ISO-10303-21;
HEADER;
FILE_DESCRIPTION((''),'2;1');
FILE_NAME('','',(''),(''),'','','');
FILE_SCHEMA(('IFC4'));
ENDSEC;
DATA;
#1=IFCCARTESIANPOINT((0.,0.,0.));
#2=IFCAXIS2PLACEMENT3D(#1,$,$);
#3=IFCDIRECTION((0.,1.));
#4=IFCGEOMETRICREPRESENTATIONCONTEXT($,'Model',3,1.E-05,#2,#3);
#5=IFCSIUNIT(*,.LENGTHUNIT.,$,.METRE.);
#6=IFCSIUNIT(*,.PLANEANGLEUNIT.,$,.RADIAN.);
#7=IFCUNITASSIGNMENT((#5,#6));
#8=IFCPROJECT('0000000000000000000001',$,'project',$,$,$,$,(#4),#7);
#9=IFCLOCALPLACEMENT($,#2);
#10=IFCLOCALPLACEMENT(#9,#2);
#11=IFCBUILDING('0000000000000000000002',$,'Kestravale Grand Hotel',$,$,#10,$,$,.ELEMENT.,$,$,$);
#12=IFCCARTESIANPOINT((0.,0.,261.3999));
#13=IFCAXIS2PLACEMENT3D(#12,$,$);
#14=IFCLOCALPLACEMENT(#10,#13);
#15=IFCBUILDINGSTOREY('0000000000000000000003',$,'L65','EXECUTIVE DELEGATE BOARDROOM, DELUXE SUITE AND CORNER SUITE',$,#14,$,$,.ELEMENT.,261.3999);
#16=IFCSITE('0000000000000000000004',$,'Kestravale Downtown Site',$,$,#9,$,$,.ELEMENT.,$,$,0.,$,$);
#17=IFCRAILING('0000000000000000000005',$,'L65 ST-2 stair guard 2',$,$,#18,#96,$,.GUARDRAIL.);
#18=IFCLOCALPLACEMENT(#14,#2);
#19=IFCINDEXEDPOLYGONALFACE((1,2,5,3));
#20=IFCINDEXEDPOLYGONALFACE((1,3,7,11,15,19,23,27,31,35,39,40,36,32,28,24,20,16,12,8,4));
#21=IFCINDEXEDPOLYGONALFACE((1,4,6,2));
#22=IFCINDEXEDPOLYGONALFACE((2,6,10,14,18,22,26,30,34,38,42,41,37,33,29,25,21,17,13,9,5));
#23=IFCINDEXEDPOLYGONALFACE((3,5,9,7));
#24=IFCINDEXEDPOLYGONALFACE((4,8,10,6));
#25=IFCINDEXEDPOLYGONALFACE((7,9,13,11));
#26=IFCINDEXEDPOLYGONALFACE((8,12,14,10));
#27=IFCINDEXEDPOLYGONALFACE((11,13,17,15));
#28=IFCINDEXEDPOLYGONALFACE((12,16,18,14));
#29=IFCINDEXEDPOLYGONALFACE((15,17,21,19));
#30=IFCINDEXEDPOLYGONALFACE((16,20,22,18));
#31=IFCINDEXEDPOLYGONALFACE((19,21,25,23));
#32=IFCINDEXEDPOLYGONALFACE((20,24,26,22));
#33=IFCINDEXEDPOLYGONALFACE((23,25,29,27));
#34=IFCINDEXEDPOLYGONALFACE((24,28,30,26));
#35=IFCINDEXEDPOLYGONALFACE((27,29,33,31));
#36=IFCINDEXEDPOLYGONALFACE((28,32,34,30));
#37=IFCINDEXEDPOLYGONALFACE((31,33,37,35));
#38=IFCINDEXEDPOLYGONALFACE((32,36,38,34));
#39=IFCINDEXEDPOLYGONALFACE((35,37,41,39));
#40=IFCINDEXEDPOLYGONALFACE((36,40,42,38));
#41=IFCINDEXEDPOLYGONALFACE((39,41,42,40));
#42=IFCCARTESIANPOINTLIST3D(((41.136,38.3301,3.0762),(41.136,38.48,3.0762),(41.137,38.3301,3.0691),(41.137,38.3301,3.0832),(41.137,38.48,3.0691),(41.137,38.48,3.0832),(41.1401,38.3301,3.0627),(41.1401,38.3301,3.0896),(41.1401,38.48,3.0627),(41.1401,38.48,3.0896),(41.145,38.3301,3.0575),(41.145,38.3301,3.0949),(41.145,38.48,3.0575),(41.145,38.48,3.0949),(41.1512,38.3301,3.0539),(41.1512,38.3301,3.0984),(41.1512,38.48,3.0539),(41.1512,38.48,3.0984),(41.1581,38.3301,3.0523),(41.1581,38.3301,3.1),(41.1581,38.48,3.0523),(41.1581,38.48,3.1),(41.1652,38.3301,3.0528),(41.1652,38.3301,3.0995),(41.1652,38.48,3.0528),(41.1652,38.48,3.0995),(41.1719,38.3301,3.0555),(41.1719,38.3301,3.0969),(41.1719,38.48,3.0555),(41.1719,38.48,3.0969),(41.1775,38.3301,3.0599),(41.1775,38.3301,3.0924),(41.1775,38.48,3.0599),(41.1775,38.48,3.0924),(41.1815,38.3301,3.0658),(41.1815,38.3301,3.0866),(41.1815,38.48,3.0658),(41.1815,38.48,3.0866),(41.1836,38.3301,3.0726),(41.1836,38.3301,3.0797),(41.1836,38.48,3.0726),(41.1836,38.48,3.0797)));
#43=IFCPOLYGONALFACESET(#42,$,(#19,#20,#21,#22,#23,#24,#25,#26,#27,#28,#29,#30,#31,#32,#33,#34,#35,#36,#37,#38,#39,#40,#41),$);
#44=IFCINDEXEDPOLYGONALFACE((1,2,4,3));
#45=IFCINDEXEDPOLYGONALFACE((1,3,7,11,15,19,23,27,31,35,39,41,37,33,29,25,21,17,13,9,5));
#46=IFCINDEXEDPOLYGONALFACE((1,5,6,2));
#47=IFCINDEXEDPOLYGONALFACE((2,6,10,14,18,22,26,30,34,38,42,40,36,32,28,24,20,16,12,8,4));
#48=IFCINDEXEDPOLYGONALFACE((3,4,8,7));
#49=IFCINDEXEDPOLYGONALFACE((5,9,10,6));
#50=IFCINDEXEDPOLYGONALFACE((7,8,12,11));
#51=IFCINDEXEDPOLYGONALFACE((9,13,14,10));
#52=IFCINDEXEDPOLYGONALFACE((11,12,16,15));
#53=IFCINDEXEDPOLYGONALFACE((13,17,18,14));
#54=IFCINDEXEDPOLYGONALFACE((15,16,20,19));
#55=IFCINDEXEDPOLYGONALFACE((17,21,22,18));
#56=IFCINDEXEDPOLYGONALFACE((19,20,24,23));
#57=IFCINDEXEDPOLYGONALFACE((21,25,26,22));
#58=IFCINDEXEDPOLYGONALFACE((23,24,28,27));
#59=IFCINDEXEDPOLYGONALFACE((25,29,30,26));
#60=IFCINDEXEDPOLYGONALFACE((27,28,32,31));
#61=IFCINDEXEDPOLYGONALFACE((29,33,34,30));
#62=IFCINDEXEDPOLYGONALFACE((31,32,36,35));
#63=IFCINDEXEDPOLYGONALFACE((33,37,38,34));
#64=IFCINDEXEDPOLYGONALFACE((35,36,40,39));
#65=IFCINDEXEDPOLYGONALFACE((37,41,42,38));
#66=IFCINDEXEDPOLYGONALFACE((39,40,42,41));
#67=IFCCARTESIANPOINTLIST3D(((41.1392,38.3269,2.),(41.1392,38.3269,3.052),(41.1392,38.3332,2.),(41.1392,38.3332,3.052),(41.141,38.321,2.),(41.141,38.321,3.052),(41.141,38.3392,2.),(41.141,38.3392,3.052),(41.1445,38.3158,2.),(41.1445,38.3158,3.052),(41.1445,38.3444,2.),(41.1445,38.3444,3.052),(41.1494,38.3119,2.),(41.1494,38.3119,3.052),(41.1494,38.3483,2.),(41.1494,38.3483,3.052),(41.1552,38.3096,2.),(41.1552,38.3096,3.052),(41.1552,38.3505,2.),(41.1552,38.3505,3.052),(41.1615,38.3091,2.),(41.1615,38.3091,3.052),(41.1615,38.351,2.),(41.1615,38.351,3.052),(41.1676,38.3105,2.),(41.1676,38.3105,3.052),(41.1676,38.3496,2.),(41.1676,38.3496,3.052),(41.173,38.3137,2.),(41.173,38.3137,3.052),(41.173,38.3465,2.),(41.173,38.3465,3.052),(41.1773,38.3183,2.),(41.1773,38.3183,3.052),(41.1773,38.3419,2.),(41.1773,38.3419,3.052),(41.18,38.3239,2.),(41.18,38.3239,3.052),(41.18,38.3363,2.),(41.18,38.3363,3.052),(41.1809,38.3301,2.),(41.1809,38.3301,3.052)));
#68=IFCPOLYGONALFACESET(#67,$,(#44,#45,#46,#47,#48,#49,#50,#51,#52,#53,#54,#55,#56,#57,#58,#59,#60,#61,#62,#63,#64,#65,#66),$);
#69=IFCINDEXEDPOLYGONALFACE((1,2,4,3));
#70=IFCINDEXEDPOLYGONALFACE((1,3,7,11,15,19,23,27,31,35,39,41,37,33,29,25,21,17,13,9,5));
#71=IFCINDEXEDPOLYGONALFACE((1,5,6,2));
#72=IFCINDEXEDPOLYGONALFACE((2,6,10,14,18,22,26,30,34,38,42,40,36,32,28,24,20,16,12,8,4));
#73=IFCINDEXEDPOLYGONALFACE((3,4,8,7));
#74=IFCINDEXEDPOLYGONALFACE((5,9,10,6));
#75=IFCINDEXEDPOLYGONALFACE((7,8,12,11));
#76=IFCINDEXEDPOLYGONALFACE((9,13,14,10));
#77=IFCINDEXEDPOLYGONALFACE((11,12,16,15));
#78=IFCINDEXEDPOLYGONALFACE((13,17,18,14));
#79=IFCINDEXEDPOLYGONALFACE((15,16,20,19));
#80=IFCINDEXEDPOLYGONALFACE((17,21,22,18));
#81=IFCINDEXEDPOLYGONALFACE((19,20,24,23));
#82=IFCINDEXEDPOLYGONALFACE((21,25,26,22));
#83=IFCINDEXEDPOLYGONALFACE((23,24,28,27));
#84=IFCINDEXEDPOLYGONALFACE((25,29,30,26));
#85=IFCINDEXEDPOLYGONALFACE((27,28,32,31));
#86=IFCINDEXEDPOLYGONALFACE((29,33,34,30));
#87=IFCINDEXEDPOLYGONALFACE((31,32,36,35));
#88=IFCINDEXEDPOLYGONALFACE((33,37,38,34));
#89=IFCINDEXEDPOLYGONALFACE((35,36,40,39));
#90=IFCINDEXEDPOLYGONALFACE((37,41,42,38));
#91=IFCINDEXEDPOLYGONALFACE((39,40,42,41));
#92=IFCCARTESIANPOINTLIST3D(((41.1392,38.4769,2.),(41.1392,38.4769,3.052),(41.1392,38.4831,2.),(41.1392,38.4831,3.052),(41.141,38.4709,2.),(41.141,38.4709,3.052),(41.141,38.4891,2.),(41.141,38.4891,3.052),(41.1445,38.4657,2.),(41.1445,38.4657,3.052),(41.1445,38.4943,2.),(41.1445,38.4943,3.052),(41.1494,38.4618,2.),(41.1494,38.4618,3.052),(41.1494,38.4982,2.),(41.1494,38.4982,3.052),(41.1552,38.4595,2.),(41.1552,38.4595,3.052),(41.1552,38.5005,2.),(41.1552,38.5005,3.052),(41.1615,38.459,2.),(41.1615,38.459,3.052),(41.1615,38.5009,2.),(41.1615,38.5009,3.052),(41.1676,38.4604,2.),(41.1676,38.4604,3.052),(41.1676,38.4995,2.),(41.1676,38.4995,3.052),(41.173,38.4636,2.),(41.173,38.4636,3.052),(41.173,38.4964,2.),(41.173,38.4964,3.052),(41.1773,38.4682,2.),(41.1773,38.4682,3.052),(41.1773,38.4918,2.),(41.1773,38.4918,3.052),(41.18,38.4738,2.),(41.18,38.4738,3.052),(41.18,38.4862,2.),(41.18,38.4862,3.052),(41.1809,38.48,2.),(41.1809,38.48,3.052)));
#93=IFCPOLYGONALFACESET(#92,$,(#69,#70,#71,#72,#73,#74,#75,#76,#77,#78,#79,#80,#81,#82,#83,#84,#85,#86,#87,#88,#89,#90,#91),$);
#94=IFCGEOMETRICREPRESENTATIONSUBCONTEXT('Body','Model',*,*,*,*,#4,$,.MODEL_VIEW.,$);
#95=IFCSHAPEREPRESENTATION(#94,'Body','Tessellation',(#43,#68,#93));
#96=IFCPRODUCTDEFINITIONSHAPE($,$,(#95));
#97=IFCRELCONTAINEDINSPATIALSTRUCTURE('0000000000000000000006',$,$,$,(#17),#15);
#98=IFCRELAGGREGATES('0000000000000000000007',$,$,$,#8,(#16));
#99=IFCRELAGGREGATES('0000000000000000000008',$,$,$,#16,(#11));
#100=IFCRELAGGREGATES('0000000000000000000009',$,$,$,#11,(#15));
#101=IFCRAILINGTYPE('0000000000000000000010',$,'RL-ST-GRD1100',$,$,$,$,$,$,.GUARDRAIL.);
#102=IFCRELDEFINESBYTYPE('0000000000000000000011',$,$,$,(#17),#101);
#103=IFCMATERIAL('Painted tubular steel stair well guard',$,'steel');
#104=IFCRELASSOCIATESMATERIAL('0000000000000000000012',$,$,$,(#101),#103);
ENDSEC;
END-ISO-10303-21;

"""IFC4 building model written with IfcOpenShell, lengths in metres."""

from ifc_helpers import new_model, si_unit, direction, frame, origin, origin_2d, place, context, subcontext, project, spatial, circle, extrude, material, type_object, element, save


model = new_model("IFC4")

# Units and contexts
model_context = context("Model", 3, precision=1e-05, world=origin(), true_north=direction((0.0, 1.0)))
body_context = subcontext(model_context, "Body", "Model", "MODEL_VIEW")
ifc_project = project(units=[si_unit("LENGTHUNIT", "METRE"), si_unit("PLANEANGLEUNIT", "RADIAN")], contexts=[model_context])

# Site, building, storey
site_placement = place(None, origin())
site = spatial("IfcSite", under=ifc_project, at=site_placement, Name="Kestravale Downtown Site", CompositionType="ELEMENT", RefElevation=0.0)
building_placement = place(site_placement, origin())
building = spatial("IfcBuilding", under=site, at=building_placement, Name="Kestravale Grand Hotel", CompositionType="ELEMENT")
storey_placement = place(building_placement, frame((0.0, 0.0, 261.3999)))
storey = spatial("IfcBuildingStorey", under=building, at=storey_placement, Name="L65", Description="EXECUTIVE DELEGATE BOARDROOM, DELUXE SUITE AND CORNER SUITE", CompositionType="ELEMENT", Elevation=261.3999)

# Railing
ifc_material_1 = material(Name="Painted tubular steel stair well guard", Category="steel")
railing_type_1 = type_object("IfcRailingType", Name="RL-ST-GRD1100", PredefinedType="GUARDRAIL", material=ifc_material_1)
railing_1_placement = place(storey_placement, frame((41.1599, 38.3301, 2.0)))
element("IfcRailing", 1, at=railing_1_placement, inside=storey, type_object=railing_type_1, Name="L65 ST-2 stair guard 2", PredefinedType="GUARDRAIL", context=body_context, shape_type="SweptSolid", body=[
    extrude(circle(Radius=0.0239, at=origin_2d()), frame((0.0, 0.0, 1.0762), z_axis=(0.0, 1.0, 0.0), x_axis=(-1.0, 0.0, 0.0)), (0.0, 0.0, 1.0), 0.1499),
    extrude(circle(Radius=0.021, at=origin_2d()), origin(), (0.0, 0.0, 1.0), 1.052),
    extrude(circle(Radius=0.021, at=origin_2d()), frame((0.0, 0.1499, 0.0)), (0.0, 0.0, 1.0), 1.052),
])

save(model, "model.ifc")
